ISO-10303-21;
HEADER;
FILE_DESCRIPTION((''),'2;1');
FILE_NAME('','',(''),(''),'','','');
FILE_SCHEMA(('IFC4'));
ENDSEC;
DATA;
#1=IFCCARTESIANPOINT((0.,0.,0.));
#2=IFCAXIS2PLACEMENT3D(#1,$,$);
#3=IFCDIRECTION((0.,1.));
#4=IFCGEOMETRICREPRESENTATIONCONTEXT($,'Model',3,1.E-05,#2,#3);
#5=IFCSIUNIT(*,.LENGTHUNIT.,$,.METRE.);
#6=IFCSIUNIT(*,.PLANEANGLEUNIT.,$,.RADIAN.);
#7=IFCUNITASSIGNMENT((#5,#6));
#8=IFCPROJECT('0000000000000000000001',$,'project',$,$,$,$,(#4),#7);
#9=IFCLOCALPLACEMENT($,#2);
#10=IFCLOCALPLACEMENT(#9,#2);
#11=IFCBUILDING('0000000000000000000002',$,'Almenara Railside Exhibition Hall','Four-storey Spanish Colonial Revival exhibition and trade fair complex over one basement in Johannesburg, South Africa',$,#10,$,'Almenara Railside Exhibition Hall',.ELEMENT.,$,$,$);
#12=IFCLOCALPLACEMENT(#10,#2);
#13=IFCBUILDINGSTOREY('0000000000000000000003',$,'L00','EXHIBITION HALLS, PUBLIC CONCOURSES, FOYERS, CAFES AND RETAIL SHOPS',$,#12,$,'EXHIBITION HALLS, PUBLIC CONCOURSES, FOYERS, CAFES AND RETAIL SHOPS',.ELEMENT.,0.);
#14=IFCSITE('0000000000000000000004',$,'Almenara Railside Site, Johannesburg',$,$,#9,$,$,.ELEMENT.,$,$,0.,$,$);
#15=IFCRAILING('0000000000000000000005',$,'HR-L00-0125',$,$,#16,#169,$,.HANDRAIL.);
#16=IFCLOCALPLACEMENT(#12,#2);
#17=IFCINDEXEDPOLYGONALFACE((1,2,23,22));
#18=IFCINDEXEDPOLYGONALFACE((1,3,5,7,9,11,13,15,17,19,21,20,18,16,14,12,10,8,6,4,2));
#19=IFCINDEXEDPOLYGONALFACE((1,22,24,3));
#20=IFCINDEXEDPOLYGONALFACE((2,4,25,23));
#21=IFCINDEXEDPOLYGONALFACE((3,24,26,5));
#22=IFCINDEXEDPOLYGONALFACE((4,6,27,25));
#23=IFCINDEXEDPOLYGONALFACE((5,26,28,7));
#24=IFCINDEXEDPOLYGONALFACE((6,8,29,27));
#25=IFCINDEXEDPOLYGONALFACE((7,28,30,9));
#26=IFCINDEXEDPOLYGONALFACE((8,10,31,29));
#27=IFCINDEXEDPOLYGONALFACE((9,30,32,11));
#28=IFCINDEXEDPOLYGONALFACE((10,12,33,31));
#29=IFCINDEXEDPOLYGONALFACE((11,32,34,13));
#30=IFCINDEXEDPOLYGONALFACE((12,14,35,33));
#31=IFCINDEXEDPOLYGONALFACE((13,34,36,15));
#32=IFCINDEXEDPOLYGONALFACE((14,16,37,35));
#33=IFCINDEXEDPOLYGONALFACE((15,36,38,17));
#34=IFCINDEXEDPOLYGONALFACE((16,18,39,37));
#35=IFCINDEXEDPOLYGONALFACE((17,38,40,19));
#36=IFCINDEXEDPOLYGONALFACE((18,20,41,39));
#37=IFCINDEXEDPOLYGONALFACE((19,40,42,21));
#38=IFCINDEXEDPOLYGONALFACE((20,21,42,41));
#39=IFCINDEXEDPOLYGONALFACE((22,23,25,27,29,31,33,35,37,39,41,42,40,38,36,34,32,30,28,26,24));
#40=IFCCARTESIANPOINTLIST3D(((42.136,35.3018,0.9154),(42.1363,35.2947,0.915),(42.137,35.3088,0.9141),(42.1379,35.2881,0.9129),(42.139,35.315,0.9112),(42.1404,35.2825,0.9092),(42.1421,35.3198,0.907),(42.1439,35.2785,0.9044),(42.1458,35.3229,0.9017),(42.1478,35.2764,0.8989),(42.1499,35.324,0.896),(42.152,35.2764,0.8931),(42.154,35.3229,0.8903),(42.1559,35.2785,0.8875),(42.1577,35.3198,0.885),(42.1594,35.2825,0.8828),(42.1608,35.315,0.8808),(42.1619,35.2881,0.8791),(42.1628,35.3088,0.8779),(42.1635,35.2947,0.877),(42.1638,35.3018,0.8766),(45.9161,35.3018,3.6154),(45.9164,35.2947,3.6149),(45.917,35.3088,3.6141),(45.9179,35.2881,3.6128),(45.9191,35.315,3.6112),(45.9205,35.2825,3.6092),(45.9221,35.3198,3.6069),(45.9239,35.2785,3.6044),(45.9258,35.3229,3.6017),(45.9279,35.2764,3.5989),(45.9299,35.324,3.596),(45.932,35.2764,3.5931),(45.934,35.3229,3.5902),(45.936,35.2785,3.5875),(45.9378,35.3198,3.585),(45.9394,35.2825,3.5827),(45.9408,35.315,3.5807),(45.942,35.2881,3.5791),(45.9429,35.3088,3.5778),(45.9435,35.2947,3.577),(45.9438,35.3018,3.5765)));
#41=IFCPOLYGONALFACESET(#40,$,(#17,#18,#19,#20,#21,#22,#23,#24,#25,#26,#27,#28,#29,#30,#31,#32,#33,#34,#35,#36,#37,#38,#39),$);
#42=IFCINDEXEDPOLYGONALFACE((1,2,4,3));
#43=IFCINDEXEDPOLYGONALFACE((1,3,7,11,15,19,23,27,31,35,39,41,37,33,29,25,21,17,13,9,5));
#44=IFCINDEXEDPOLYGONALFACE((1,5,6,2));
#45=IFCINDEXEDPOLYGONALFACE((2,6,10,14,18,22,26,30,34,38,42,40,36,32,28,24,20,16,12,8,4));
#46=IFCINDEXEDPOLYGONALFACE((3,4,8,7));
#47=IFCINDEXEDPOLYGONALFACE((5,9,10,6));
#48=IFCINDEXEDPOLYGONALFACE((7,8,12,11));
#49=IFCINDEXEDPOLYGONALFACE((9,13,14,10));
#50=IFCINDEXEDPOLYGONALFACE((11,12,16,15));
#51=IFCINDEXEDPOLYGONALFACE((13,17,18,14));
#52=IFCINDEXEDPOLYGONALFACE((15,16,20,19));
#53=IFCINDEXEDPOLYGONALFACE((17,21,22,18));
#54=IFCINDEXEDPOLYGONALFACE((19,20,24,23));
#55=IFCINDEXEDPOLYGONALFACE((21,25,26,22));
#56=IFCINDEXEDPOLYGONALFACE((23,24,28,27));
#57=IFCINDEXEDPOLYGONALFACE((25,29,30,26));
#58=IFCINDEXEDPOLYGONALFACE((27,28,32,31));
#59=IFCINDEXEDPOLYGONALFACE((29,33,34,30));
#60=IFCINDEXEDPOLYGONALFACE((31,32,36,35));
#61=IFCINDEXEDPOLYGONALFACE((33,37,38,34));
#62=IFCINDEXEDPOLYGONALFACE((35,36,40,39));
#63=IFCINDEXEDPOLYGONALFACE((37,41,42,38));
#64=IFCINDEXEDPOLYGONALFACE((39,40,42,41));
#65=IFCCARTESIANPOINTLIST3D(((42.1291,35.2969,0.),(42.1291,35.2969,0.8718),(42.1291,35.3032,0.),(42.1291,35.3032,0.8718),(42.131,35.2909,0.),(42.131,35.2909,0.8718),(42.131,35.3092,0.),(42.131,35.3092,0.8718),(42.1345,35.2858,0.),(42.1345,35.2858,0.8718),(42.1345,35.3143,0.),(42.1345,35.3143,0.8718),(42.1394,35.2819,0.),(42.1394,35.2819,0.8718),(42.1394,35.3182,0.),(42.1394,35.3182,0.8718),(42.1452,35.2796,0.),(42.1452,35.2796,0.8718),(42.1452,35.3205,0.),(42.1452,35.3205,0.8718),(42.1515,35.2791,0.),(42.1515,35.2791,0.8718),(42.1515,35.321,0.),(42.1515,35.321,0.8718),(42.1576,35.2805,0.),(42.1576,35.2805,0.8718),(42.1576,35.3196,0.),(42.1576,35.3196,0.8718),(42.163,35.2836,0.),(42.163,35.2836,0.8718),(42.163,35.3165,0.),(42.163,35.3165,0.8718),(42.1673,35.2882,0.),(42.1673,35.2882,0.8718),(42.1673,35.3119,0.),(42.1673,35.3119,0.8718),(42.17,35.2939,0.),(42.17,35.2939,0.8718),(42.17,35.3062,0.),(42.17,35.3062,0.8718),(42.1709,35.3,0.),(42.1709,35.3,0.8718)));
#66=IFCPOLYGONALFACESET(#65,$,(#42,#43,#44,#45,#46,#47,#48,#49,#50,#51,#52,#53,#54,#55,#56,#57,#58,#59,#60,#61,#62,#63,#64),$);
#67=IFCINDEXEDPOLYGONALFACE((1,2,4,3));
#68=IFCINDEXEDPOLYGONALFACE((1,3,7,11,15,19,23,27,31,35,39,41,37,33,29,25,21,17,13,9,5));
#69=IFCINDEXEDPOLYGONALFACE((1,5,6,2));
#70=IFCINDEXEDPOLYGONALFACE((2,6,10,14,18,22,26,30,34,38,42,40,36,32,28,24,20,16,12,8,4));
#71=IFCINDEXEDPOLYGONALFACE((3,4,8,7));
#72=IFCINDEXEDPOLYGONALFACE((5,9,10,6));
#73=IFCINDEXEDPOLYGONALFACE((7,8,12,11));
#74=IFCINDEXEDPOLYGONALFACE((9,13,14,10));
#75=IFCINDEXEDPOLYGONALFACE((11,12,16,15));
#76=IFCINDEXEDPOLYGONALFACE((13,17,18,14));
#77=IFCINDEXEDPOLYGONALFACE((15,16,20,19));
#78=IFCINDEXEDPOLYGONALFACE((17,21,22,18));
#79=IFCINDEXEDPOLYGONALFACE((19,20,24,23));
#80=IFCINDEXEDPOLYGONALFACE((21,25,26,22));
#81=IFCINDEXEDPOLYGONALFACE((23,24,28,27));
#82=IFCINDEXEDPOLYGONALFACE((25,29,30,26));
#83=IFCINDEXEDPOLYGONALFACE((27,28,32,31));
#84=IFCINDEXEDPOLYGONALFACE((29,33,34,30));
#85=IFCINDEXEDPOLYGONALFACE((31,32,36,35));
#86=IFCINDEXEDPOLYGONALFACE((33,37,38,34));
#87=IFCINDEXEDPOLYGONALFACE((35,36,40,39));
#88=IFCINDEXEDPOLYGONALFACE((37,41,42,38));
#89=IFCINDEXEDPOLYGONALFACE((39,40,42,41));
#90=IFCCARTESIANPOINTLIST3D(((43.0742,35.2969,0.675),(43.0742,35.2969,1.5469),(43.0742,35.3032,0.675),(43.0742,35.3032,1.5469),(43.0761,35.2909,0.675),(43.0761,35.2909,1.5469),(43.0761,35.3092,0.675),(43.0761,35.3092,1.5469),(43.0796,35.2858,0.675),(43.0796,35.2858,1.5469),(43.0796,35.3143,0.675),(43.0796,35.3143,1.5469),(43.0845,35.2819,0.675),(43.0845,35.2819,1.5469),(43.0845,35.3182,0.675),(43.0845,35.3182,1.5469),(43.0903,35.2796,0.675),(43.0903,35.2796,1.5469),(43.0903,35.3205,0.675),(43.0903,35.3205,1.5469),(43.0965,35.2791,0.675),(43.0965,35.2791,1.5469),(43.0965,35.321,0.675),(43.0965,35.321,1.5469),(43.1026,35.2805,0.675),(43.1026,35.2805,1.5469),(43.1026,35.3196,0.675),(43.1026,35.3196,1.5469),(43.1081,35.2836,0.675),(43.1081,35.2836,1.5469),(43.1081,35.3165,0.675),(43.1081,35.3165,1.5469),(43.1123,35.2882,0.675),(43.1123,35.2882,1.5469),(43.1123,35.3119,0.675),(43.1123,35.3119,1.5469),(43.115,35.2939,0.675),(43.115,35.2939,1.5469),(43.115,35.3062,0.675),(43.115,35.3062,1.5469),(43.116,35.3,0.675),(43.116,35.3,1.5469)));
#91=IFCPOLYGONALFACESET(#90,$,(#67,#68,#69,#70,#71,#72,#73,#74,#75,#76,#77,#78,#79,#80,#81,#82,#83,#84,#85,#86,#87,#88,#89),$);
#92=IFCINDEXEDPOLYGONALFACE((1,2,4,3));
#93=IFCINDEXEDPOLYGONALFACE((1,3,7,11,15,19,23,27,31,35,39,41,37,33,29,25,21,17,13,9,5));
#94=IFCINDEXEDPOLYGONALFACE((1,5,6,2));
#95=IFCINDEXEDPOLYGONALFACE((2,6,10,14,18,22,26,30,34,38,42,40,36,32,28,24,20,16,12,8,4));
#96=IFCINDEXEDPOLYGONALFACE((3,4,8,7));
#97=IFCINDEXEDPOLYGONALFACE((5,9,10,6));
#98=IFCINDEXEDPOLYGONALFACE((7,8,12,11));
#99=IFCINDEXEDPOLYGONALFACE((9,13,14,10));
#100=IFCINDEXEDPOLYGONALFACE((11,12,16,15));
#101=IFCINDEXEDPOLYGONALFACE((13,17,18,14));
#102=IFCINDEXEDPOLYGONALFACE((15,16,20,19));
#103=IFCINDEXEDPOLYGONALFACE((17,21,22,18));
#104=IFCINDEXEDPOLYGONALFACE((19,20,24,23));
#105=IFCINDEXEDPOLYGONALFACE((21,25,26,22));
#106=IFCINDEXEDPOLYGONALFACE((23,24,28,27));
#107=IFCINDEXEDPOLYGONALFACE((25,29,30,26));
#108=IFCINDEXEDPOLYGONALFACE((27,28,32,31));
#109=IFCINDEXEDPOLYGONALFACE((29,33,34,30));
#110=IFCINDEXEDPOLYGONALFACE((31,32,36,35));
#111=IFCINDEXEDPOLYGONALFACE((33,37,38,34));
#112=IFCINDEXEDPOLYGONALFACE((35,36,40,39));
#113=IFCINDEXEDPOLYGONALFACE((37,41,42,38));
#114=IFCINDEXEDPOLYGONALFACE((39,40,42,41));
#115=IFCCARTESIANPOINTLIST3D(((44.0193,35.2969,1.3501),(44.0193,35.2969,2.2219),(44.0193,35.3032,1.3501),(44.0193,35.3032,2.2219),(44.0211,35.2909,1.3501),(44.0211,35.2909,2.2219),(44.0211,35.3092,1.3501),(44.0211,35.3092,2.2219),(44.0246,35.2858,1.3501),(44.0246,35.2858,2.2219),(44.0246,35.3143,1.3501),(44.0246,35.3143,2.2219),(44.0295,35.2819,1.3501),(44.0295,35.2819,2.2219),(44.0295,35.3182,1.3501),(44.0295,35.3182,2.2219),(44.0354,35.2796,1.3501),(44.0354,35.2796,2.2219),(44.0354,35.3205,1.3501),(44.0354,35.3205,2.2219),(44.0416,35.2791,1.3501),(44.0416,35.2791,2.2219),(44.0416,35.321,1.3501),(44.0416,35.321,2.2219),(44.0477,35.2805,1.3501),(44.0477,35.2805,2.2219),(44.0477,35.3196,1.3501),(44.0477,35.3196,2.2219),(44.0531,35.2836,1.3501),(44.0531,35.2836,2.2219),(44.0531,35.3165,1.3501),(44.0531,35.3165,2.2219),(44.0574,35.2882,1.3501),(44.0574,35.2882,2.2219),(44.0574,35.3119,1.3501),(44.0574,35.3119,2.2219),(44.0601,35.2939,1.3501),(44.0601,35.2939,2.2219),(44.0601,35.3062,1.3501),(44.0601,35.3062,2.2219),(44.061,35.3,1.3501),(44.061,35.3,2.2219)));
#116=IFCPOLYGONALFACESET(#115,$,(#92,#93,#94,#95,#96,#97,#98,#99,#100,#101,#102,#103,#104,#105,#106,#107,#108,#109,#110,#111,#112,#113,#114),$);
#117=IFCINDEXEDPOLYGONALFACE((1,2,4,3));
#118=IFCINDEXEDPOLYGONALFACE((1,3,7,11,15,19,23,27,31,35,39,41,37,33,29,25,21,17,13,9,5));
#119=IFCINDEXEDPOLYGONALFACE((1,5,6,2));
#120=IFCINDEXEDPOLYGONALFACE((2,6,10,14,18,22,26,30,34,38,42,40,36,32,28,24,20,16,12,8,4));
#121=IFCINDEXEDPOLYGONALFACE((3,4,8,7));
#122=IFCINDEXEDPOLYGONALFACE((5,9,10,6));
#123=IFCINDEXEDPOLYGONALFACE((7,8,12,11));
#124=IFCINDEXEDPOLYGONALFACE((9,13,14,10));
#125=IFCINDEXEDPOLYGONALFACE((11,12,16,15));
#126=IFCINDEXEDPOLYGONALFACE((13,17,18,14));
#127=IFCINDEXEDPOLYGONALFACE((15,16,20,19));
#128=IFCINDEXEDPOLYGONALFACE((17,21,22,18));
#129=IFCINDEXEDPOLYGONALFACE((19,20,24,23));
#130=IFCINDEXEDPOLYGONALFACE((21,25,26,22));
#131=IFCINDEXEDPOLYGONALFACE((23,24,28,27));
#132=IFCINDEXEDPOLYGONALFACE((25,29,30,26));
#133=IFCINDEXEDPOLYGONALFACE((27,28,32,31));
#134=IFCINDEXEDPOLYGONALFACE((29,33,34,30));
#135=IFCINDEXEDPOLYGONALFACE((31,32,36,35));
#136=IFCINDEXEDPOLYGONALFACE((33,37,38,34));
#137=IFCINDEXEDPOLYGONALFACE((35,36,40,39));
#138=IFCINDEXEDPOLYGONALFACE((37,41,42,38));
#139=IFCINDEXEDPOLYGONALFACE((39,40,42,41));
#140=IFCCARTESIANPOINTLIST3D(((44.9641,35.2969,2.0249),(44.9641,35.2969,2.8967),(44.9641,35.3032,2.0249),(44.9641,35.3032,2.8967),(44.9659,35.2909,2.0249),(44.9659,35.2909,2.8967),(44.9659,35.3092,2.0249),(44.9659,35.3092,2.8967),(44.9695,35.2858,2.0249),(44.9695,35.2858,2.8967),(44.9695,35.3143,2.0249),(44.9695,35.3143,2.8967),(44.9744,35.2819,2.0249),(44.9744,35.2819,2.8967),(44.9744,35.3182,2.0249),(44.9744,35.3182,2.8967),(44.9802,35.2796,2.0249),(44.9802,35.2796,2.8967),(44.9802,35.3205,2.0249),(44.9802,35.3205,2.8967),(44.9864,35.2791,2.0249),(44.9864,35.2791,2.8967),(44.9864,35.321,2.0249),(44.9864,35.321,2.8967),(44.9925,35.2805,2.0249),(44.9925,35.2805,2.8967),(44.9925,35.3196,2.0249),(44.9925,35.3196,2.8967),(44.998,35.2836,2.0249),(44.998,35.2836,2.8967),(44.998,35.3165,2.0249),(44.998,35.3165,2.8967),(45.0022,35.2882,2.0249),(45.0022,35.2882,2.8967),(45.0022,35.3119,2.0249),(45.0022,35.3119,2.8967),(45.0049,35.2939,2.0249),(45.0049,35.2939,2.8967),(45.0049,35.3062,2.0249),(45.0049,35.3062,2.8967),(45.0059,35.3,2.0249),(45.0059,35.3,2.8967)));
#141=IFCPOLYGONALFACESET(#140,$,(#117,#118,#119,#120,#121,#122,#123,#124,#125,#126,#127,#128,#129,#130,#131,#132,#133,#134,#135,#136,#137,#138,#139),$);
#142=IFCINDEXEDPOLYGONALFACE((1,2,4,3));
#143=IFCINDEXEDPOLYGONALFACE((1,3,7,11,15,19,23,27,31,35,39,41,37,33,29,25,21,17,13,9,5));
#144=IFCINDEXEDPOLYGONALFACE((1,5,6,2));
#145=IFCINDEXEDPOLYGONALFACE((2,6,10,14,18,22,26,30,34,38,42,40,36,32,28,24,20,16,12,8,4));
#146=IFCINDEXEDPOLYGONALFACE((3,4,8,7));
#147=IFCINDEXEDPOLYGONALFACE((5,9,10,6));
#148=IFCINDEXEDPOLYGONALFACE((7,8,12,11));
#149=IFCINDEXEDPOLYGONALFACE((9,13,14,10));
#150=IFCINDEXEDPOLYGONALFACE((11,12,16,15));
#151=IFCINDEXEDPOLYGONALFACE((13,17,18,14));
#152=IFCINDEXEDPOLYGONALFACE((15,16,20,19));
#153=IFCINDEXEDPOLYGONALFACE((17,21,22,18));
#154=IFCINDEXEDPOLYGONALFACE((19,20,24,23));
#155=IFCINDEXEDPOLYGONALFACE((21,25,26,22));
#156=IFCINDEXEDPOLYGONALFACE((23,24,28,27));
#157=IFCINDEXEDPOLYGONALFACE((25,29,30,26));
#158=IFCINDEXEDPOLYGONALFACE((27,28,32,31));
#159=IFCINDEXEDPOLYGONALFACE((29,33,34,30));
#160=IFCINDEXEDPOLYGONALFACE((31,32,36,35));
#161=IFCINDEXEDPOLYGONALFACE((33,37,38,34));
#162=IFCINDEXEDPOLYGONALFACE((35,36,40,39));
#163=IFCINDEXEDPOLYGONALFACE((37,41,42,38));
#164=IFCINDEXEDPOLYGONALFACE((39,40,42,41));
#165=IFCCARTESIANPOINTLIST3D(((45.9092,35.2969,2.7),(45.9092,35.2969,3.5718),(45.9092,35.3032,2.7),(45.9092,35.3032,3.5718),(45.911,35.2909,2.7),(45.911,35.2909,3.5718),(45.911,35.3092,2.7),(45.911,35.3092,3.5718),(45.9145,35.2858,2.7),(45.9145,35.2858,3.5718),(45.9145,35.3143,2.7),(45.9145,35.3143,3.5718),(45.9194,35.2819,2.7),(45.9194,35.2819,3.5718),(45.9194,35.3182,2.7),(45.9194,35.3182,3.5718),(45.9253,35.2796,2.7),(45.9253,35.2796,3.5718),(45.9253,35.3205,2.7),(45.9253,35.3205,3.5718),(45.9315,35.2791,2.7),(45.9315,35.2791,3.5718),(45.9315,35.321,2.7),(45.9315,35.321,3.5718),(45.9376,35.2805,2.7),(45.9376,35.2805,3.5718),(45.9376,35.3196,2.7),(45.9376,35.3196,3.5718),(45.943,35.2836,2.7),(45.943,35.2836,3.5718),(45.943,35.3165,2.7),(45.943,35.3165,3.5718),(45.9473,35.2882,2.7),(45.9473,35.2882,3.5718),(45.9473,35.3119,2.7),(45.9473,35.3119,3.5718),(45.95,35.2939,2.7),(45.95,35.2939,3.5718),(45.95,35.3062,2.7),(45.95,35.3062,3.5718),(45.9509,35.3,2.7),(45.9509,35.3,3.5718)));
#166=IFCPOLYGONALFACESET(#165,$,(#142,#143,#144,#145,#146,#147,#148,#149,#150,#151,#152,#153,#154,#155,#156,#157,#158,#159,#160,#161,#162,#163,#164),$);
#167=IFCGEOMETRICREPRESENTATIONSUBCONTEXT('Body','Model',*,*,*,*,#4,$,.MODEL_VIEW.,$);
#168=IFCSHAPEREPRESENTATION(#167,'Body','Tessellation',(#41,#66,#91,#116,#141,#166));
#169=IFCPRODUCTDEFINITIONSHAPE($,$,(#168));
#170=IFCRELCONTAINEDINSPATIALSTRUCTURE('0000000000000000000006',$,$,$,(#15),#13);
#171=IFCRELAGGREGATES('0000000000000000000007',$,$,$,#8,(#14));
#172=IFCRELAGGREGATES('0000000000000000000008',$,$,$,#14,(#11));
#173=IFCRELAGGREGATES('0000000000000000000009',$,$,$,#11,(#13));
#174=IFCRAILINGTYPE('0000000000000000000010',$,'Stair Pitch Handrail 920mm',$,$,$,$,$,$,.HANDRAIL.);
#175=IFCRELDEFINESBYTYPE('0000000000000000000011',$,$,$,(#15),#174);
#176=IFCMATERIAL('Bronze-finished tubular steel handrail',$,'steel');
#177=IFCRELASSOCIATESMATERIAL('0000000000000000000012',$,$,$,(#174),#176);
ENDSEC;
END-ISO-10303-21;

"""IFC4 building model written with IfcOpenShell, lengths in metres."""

from ifc_helpers import new_model, si_unit, direction, frame, origin, origin_2d, place, context, subcontext, project, spatial, circle, extrude, material, type_object, element, save


model = new_model("IFC4")

# Units and contexts
model_context = context("Model", 3, precision=1e-05, world=origin(), true_north=direction((0.0, 1.0)))
body_context = subcontext(model_context, "Body", "Model", "MODEL_VIEW")
ifc_project = project(units=[si_unit("LENGTHUNIT", "METRE"), si_unit("PLANEANGLEUNIT", "RADIAN")], contexts=[model_context])

# Site, building, storey
site_placement = place(None, origin())
site = spatial("IfcSite", under=ifc_project, at=site_placement, Name="Almenara Railside Site, Johannesburg", CompositionType="ELEMENT", RefElevation=0.0)
building_placement = place(site_placement, origin())
building = spatial("IfcBuilding", under=site, at=building_placement, Name="Almenara Railside Exhibition Hall", Description="Four-storey Spanish Colonial Revival exhibition and trade fair complex over one basement in Johannesburg, South Africa", LongName="Almenara Railside Exhibition Hall", CompositionType="ELEMENT")
storey_placement = place(building_placement, origin())
storey = spatial("IfcBuildingStorey", under=building, at=storey_placement, Name="L00", Description="EXHIBITION HALLS, PUBLIC CONCOURSES, FOYERS, CAFES AND RETAIL SHOPS", LongName="EXHIBITION HALLS, PUBLIC CONCOURSES, FOYERS, CAFES AND RETAIL SHOPS", CompositionType="ELEMENT", Elevation=0.0)

# Railing
ifc_material_1 = material(Name="Bronze-finished tubular steel handrail", Category="steel")
railing_type_1 = type_object("IfcRailingType", Name="Stair Pitch Handrail 920mm", PredefinedType="HANDRAIL", material=ifc_material_1)
railing_1_placement = place(storey_placement, frame((42.1499, 35.3, 0.0)))
element("IfcRailing", 1, at=railing_1_placement, inside=storey, type_object=railing_type_1, Name="HR-L00-0125", PredefinedType="HANDRAIL", context=body_context, shape_type="SweptSolid", body=[
    extrude(circle(Radius=0.0239, at=origin_2d()), frame((0.0, 0.0, 0.896), z_axis=(0.813741, 0.0, 0.581228), x_axis=(0.0, 1.0, 0.0)), (0.0, 0.0, 1.0), 4.6453),
    extrude(circle(Radius=0.021, at=origin_2d()), origin(), (0.0, 0.0, 1.0), 0.8718),
    extrude(circle(Radius=0.021, at=origin_2d()), frame((0.9451, 0.0, 0.675)), (0.0, 0.0, 1.0), 0.8718),
    extrude(circle(Radius=0.021, at=origin_2d()), frame((1.8901, 0.0, 1.3501)), (0.0, 0.0, 1.0), 0.8718),
    extrude(circle(Radius=0.021, at=origin_2d()), frame((2.835, 0.0, 2.0249)), (0.0, 0.0, 1.0), 0.8718),
    extrude(circle(Radius=0.021, at=origin_2d()), frame((3.78, 0.0, 2.7)), (0.0, 0.0, 1.0), 0.8718),
])

save(model, "model.ifc")
